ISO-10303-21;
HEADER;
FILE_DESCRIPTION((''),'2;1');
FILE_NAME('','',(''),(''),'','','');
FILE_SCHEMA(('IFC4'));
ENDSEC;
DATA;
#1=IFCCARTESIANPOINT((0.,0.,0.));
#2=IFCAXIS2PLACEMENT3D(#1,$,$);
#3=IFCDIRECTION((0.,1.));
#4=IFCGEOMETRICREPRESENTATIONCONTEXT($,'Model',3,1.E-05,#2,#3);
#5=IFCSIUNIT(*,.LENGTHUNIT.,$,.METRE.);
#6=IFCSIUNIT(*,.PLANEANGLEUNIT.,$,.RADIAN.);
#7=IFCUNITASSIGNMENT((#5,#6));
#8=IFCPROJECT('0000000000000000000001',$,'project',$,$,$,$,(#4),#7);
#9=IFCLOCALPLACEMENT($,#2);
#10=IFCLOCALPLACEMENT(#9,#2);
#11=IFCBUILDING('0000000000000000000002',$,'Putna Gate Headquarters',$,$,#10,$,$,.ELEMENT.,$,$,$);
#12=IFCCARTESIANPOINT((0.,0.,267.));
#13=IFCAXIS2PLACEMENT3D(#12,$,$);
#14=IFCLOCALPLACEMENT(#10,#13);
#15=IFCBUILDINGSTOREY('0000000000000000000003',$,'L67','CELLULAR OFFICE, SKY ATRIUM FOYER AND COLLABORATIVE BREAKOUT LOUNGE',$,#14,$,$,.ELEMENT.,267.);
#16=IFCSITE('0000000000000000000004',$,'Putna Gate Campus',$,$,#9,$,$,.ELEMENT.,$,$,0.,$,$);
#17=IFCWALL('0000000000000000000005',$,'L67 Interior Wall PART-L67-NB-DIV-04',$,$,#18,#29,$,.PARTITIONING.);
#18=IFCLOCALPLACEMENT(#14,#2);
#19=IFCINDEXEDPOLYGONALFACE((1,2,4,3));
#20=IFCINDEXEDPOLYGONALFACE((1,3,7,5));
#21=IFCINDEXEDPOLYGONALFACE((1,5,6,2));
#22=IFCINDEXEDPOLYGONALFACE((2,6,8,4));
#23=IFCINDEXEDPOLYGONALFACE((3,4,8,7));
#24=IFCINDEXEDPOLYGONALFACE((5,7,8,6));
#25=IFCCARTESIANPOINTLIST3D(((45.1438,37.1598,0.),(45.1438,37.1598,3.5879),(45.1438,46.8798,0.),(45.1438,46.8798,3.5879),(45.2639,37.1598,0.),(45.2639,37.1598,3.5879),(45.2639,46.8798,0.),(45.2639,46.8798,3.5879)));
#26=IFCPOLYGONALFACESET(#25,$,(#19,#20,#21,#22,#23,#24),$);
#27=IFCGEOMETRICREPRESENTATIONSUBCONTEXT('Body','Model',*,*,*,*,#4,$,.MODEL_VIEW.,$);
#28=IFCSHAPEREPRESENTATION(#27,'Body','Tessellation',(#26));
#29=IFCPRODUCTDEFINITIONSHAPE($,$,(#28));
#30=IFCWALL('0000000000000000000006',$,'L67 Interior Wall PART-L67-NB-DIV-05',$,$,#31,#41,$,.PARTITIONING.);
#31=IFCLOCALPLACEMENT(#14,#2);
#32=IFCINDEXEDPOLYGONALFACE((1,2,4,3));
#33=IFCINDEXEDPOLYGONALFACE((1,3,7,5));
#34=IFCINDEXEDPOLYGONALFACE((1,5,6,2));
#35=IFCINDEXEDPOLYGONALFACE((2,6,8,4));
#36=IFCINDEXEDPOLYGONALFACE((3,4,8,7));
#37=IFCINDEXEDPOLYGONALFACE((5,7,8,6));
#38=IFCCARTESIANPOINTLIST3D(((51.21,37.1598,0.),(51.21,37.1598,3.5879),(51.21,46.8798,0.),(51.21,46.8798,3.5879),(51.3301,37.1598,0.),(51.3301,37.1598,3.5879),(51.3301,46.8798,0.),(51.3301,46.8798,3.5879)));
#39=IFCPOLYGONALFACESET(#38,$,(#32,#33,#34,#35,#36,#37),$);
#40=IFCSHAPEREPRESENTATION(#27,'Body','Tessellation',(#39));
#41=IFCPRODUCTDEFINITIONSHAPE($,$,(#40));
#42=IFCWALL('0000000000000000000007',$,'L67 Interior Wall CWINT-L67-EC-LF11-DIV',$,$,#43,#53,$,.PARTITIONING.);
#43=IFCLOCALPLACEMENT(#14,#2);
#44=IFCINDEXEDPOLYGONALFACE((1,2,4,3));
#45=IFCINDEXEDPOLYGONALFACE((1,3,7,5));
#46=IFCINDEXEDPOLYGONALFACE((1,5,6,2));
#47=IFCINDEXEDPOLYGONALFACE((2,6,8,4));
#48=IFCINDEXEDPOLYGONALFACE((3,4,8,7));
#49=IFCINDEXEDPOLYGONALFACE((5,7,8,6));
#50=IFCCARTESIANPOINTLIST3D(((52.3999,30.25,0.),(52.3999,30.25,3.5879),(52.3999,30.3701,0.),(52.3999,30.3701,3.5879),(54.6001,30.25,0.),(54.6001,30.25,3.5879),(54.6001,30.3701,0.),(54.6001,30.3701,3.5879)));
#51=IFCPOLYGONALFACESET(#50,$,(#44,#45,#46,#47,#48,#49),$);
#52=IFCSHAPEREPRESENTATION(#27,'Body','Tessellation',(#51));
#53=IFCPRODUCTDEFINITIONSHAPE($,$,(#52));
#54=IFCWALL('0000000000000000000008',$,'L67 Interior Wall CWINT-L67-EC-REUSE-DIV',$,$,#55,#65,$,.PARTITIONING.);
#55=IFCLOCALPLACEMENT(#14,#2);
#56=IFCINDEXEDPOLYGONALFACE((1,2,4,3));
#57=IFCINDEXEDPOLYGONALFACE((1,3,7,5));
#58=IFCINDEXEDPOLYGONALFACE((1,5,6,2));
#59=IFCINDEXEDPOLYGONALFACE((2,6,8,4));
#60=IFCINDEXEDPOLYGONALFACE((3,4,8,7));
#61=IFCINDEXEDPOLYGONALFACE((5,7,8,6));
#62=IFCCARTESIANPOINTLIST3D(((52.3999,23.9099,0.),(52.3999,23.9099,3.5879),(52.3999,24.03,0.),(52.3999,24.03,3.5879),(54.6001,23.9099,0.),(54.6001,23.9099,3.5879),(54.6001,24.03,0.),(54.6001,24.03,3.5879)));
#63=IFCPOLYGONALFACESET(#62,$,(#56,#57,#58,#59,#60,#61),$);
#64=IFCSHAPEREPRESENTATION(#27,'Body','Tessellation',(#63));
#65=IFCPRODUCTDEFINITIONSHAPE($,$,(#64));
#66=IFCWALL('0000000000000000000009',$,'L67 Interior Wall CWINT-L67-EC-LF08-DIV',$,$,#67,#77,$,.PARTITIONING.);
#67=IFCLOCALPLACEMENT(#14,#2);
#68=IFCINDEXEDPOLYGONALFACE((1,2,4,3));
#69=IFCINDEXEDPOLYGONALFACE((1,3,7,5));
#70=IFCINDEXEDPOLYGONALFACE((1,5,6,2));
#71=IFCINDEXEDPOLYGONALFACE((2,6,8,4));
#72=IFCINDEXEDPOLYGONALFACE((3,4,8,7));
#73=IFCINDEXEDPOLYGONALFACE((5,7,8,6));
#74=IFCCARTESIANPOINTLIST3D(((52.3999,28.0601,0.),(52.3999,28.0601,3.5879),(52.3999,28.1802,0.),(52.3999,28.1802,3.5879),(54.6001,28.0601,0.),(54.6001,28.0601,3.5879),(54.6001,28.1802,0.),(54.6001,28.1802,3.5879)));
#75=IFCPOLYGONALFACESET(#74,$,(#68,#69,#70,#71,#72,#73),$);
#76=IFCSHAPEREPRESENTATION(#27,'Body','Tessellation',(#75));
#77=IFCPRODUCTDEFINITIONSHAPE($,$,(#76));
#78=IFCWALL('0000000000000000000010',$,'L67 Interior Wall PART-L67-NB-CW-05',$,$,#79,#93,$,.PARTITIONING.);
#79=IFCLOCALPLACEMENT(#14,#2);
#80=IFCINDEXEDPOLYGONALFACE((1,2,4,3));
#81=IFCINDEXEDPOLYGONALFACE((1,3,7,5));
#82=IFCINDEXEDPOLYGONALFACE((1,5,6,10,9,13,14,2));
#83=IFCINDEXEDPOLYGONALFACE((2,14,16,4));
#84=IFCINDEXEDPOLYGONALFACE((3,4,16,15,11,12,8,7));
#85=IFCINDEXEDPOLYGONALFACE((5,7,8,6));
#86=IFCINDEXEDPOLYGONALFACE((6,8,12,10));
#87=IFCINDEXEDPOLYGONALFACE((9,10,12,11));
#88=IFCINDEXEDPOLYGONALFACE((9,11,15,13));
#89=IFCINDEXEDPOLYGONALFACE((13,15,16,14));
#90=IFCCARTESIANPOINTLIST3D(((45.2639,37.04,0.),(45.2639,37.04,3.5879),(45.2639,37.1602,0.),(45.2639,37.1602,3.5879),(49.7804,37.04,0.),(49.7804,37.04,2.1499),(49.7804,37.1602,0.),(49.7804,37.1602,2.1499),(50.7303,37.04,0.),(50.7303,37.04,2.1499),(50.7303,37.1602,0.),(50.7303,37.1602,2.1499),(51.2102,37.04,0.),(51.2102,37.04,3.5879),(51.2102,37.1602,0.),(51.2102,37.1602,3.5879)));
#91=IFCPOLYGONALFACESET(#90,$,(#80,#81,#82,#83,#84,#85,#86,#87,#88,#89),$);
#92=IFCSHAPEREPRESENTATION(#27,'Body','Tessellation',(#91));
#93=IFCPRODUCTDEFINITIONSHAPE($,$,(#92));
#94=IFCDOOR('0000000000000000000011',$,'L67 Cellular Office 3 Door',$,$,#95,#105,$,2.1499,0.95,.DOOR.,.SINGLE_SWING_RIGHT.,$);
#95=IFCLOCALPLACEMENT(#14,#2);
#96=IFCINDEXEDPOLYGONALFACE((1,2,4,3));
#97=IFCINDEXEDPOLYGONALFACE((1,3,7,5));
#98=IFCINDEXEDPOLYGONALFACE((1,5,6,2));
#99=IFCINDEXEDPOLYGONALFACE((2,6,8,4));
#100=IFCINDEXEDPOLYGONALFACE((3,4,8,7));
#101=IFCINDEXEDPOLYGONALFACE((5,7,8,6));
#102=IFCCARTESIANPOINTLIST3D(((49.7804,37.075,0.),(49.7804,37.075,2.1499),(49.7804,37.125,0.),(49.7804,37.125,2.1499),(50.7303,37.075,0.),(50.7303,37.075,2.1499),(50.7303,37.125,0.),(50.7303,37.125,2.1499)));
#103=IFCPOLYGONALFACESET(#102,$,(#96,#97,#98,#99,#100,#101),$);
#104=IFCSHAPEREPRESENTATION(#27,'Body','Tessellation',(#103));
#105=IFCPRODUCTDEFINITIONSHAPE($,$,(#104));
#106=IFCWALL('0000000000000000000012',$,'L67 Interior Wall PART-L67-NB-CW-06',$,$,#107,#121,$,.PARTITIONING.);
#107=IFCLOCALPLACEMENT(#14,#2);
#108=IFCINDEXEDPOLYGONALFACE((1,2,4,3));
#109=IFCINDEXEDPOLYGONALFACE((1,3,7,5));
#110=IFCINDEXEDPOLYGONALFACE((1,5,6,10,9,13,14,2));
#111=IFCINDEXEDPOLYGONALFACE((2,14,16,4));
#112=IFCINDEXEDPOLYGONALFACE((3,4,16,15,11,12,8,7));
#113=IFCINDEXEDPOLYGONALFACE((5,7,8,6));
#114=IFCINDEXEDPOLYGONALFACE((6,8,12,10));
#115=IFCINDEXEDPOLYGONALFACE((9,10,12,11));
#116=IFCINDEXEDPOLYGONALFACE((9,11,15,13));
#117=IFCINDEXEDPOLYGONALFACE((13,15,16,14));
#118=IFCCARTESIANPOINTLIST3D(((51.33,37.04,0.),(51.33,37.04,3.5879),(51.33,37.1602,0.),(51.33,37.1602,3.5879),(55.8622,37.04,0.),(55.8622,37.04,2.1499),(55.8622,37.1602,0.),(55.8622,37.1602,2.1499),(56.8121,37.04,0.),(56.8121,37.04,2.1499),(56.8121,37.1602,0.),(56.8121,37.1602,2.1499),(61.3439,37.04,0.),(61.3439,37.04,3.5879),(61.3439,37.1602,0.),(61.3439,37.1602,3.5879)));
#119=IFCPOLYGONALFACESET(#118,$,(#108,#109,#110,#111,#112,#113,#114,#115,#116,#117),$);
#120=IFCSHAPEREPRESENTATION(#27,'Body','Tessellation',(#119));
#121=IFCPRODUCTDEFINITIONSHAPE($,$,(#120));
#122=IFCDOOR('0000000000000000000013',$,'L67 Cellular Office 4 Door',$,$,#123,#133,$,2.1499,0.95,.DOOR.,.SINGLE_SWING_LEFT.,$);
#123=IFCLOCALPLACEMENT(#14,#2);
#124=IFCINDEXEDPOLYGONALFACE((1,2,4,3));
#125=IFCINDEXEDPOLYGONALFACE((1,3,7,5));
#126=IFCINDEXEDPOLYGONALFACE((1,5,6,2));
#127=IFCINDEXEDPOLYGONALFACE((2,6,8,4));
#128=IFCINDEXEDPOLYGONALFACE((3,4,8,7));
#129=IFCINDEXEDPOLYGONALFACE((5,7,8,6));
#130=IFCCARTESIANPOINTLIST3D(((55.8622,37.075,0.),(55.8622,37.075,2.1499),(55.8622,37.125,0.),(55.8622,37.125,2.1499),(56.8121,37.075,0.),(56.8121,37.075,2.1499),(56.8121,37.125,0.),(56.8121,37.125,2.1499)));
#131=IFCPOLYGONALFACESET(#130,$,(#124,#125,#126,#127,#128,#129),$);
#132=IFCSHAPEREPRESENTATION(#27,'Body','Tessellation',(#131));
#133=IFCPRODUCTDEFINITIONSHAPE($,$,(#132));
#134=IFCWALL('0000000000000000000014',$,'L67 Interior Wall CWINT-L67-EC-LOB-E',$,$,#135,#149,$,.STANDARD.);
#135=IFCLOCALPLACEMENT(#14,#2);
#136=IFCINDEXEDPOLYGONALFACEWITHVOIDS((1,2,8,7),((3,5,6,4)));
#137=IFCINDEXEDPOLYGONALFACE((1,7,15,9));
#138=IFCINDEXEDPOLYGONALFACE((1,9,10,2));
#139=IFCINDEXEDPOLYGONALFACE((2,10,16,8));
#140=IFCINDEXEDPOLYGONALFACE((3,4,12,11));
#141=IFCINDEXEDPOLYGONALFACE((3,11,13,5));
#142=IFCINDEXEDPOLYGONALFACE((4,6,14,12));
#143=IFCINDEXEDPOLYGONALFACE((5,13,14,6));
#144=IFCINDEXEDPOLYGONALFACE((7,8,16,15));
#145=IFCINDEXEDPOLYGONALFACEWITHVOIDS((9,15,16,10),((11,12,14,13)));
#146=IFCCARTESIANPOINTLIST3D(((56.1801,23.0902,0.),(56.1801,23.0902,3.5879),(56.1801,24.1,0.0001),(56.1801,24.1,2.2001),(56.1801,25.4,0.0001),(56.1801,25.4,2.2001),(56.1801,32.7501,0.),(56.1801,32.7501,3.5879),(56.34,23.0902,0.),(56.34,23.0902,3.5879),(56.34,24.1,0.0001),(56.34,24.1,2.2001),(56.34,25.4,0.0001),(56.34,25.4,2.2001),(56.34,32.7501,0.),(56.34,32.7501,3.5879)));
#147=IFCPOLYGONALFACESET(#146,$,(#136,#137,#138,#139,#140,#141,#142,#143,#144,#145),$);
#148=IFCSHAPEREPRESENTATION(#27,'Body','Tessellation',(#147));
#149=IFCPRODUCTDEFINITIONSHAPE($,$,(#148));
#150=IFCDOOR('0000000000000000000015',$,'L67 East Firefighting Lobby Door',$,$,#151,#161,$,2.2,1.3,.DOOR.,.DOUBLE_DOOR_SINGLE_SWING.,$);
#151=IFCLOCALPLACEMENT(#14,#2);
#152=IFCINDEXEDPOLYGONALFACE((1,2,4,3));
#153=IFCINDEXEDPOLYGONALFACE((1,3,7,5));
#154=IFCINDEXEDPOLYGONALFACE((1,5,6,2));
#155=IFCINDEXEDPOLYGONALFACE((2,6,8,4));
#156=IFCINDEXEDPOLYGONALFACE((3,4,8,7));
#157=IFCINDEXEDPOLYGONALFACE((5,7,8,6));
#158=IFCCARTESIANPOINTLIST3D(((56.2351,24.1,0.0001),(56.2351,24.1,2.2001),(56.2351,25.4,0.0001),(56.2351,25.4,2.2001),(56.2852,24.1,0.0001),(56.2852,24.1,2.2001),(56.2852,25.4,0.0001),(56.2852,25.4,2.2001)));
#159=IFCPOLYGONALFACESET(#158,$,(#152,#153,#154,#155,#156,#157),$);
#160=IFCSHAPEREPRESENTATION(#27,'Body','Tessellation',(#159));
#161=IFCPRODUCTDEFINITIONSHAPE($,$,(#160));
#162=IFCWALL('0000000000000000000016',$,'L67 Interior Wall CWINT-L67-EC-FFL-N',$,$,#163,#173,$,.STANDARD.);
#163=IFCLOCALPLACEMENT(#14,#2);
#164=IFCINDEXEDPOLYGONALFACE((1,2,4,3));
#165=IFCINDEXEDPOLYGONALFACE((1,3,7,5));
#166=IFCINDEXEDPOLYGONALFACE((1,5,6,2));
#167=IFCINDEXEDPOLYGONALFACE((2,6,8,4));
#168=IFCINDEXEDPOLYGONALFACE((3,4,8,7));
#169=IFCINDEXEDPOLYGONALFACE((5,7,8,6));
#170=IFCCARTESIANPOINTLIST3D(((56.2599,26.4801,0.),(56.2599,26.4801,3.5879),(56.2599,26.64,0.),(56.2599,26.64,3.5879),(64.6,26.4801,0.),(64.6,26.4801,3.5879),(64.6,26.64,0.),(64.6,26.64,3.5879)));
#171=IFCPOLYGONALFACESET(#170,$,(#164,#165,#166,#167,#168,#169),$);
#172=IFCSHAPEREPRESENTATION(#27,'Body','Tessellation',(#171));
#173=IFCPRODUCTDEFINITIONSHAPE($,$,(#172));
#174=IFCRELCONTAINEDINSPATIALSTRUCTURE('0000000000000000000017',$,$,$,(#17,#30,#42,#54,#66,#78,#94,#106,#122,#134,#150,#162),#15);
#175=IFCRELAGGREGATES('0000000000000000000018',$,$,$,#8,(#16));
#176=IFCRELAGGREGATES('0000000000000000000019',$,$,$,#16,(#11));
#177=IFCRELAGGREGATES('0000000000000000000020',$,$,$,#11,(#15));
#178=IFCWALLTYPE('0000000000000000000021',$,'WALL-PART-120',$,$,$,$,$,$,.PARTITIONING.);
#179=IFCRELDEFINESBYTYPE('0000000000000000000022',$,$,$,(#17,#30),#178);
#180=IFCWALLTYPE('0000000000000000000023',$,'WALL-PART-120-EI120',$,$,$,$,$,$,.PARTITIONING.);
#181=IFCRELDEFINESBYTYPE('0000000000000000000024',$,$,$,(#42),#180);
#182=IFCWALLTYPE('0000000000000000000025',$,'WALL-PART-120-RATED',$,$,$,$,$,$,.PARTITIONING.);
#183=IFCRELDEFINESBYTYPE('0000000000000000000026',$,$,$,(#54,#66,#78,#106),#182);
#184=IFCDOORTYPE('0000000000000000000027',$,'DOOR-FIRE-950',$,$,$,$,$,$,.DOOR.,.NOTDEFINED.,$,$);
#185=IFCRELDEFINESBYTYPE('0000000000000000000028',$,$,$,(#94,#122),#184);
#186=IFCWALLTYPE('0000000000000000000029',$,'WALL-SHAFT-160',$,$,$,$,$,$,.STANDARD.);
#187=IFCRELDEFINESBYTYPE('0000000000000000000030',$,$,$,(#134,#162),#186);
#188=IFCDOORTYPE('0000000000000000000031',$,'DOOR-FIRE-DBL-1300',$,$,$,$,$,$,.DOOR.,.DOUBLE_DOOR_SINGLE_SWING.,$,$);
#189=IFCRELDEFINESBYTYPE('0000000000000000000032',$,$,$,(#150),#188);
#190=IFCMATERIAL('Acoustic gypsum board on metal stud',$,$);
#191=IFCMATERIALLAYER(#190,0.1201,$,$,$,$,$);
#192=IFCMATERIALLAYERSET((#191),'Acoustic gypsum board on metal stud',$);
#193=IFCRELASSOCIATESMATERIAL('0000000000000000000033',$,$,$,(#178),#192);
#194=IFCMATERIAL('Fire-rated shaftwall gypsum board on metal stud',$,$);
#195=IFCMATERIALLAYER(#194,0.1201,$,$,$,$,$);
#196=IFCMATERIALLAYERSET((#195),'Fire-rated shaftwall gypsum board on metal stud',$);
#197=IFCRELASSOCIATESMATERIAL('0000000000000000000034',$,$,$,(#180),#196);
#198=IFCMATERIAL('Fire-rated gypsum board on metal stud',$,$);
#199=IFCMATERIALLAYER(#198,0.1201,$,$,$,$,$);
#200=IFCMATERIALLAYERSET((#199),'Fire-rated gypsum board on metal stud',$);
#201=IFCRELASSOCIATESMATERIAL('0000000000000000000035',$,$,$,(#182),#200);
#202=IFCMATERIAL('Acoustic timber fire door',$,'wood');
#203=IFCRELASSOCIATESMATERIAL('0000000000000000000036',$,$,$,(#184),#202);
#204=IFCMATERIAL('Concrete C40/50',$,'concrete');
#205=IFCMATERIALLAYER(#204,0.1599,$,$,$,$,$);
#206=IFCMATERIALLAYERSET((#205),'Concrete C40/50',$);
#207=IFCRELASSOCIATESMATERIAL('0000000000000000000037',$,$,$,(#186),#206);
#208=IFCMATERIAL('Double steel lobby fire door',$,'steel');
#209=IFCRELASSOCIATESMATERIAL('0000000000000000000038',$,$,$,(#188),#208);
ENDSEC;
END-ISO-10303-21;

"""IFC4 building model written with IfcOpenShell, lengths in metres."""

from ifc_helpers import new_model, si_unit, direction, frame, frame_2d, origin, place, context, subcontext, project, spatial, rectangle, extrude, material, layer, layer_set, type_object, element, fill, save


model = new_model("IFC4")

# Units and contexts
model_context = context("Model", 3, precision=1e-05, world=origin(), true_north=direction((0.0, 1.0)))
body_context = subcontext(model_context, "Body", "Model", "MODEL_VIEW")
ifc_project = project(units=[si_unit("LENGTHUNIT", "METRE"), si_unit("PLANEANGLEUNIT", "RADIAN")], contexts=[model_context])

# Site, building, storey
site_placement = place(None, origin())
site = spatial("IfcSite", under=ifc_project, at=site_placement, Name="Putna Gate Campus", CompositionType="ELEMENT", RefElevation=0.0)
building_placement = place(site_placement, origin())
building = spatial("IfcBuilding", under=site, at=building_placement, Name="Putna Gate Headquarters", CompositionType="ELEMENT")
storey_placement = place(building_placement, frame((0.0, 0.0, 267.0)))
storey = spatial("IfcBuildingStorey", under=building, at=storey_placement, Name="L67", Description="CELLULAR OFFICE, SKY ATRIUM FOYER AND COLLABORATIVE BREAKOUT LOUNGE", CompositionType="ELEMENT", Elevation=267.0)

# Shared definitions
ifc_material_1 = material(Name="Acoustic gypsum board on metal stud")
ifc_layer_1 = layer(ifc_material_1, 0.1201)
ifc_layer_set_1 = layer_set([ifc_layer_1], Name="Acoustic gypsum board on metal stud")
wall_type_1 = type_object("IfcWallType", Name="WALL-PART-120", PredefinedType="PARTITIONING", material=ifc_layer_set_1)

# Walls
for number, where, z_axis, x_axis, name in (
    (1, (45.2039, 37.1599, 0.0), (0.0, 0.0, 1.0), (0.0, 1.0, 0.0), "L67 Interior Wall PART-L67-NB-DIV-04"),
    (2, (51.27, 37.1599, 0.0), (0.0, 0.0, 1.0), (0.0, 1.0, 0.0), "L67 Interior Wall PART-L67-NB-DIV-05"),
):
    element("IfcWall", number, at=place(storey_placement, frame(where, z_axis=z_axis, x_axis=x_axis)), inside=storey, type_object=wall_type_1, Name=name, PredefinedType="PARTITIONING", context=body_context, shape_type="SweptSolid", body=[
        extrude(rectangle(XDim=9.72, YDim=0.1201, at=frame_2d((4.8599, 0.0))), origin(), (0.0, 0.0, 1.0), 3.5879),
    ])
ifc_material_2 = material(Name="Fire-rated shaftwall gypsum board on metal stud")
ifc_layer_2 = layer(ifc_material_2, 0.1201)
ifc_layer_set_2 = layer_set([ifc_layer_2], Name="Fire-rated shaftwall gypsum board on metal stud")
wall_type_2 = type_object("IfcWallType", Name="WALL-PART-120-EI120", PredefinedType="PARTITIONING", material=ifc_layer_set_2)
wall_1_placement = place(storey_placement, frame((52.3999, 30.3101, 0.0), z_axis=(0.0, 0.0, 1.0), x_axis=(1.0, 0.0, 0.0)))
element("IfcWall", 3, at=wall_1_placement, inside=storey, type_object=wall_type_2, Name="L67 Interior Wall CWINT-L67-EC-LF11-DIV", PredefinedType="PARTITIONING", context=body_context, shape_type="SweptSolid", body=[
    extrude(rectangle(XDim=2.2002, YDim=0.1201, at=frame_2d((1.1001, 0.0))), origin(), (0.0, 0.0, 1.0), 3.5879),
])
ifc_material_3 = material(Name="Fire-rated gypsum board on metal stud")
ifc_layer_3 = layer(ifc_material_3, 0.1201)
ifc_layer_set_3 = layer_set([ifc_layer_3], Name="Fire-rated gypsum board on metal stud")
wall_type_3 = type_object("IfcWallType", Name="WALL-PART-120-RATED", PredefinedType="PARTITIONING", material=ifc_layer_set_3)
for number, where, z_axis, x_axis, name in (
    (4, (52.3999, 23.97, 0.0), (0.0, 0.0, 1.0), (1.0, 0.0, 0.0), "L67 Interior Wall CWINT-L67-EC-REUSE-DIV"),
    (5, (52.3999, 28.1201, 0.0), (0.0, 0.0, 1.0), (1.0, 0.0, 0.0), "L67 Interior Wall CWINT-L67-EC-LF08-DIV"),
):
    element("IfcWall", number, at=place(storey_placement, frame(where, z_axis=z_axis, x_axis=x_axis)), inside=storey, type_object=wall_type_3, Name=name, PredefinedType="PARTITIONING", context=body_context, shape_type="SweptSolid", body=[
        extrude(rectangle(XDim=2.2002, YDim=0.1201, at=frame_2d((1.1001, 0.0))), origin(), (0.0, 0.0, 1.0), 3.5879),
    ])

# Walls, openings, doors
wall_2_placement = place(storey_placement, frame((45.2639, 37.1001, 0.0), z_axis=(0.0, 0.0, 1.0), x_axis=(1.0, 0.0, 0.0)))
wall_2 = element("IfcWall", 6, at=wall_2_placement, inside=storey, type_object=wall_type_3, Name="L67 Interior Wall PART-L67-NB-CW-05", PredefinedType="PARTITIONING", context=body_context, shape_type="SweptSolid", body=[
    extrude(rectangle(XDim=5.9463, YDim=0.1201, at=frame_2d((2.9731, 0.0))), origin(), (0.0, 0.0, 1.0), 3.5879),
])
opening_1_placement = place(wall_2_placement, frame((4.5164, 0.0, 0.0)))
opening_1 = element("IfcOpeningElement", 7, at=opening_1_placement, cuts=wall_2, PredefinedType="OPENING", context=body_context, shape_type="SweptSolid", body=[
    extrude(rectangle(XDim=0.95, YDim=2.1499, at=frame_2d((0.4751, 1.075))), frame((0.0, 0.0701, 0.0), z_axis=(0.0, -1.0, 0.0), x_axis=(1.0, 0.0, 0.0)), (0.0, 0.0, 1.0), 0.1401),
])
ifc_material_4 = material(Name="Acoustic timber fire door", Category="wood")
door_type_1 = type_object("IfcDoorType", Name="DOOR-FIRE-950", OperationType="NOTDEFINED", PredefinedType="DOOR", material=ifc_material_4)
door_1_placement = place(opening_1_placement, origin())
door_1 = element("IfcDoor", 8, at=door_1_placement, inside=storey, type_object=door_type_1, Name="L67 Cellular Office 3 Door", OperationType="SINGLE_SWING_RIGHT", OverallHeight=2.1499, OverallWidth=0.95, PredefinedType="DOOR", context=body_context, shape_type="SweptSolid", body=[
    extrude(rectangle(XDim=0.95, YDim=2.1499, at=frame_2d((0.4751, 1.075))), frame((0.0, 0.0249, 0.0), z_axis=(0.0, -1.0, 0.0), x_axis=(1.0, 0.0, 0.0)), (0.0, 0.0, 1.0), 0.05),
])
fill(opening_1, door_1)
wall_3_placement = place(storey_placement, frame((51.3301, 37.1001, 0.0), z_axis=(0.0, 0.0, 1.0), x_axis=(1.0, 0.0, 0.0)))
wall_3 = element("IfcWall", 9, at=wall_3_placement, inside=storey, type_object=wall_type_3, Name="L67 Interior Wall PART-L67-NB-CW-06", PredefinedType="PARTITIONING", context=body_context, shape_type="SweptSolid", body=[
    extrude(rectangle(XDim=10.0139, YDim=0.1201, at=frame_2d((5.0068, 0.0))), origin(), (0.0, 0.0, 1.0), 3.5879),
])
opening_2_placement = place(wall_3_placement, frame((4.532, 0.0, 0.0)))
opening_2 = element("IfcOpeningElement", 10, at=opening_2_placement, cuts=wall_3, PredefinedType="OPENING", context=body_context, shape_type="SweptSolid", body=[
    extrude(rectangle(XDim=0.95, YDim=2.1499, at=frame_2d((0.4751, 1.075))), frame((0.0, 0.0701, 0.0), z_axis=(0.0, -1.0, 0.0), x_axis=(1.0, 0.0, 0.0)), (0.0, 0.0, 1.0), 0.1401),
])
door_2_placement = place(opening_2_placement, origin())
door_2 = element("IfcDoor", 11, at=door_2_placement, inside=storey, type_object=door_type_1, Name="L67 Cellular Office 4 Door", OperationType="SINGLE_SWING_LEFT", OverallHeight=2.1499, OverallWidth=0.95, PredefinedType="DOOR", context=body_context, shape_type="SweptSolid", body=[
    extrude(rectangle(XDim=0.95, YDim=2.1499, at=frame_2d((0.4751, 1.075))), frame((0.0, 0.0249, 0.0), z_axis=(0.0, -1.0, 0.0), x_axis=(1.0, 0.0, 0.0)), (0.0, 0.0, 1.0), 0.05),
])
fill(opening_2, door_2)
ifc_material_5 = material(Name="Concrete C40/50", Category="concrete")
ifc_layer_4 = layer(ifc_material_5, 0.1599)
ifc_layer_set_4 = layer_set([ifc_layer_4], Name="Concrete C40/50")
wall_type_4 = type_object("IfcWallType", Name="WALL-SHAFT-160", PredefinedType="STANDARD", material=ifc_layer_set_4)
wall_4_placement = place(storey_placement, frame((56.26, 23.0901, 0.0), z_axis=(0.0, 0.0, 1.0), x_axis=(0.0, 1.0, 0.0)))
wall_4 = element("IfcWall", 12, at=wall_4_placement, inside=storey, type_object=wall_type_4, Name="L67 Interior Wall CWINT-L67-EC-LOB-E", PredefinedType="STANDARD", context=body_context, shape_type="SweptSolid", body=[
    extrude(rectangle(XDim=9.6599, YDim=0.1599, at=frame_2d((4.8301, 0.0))), origin(), (0.0, 0.0, 1.0), 3.5879),
])
opening_3_placement = place(wall_4_placement, frame((1.01, 0.0, 0.0)))
opening_3 = element("IfcOpeningElement", 13, at=opening_3_placement, cuts=wall_4, PredefinedType="OPENING", context=body_context, shape_type="SweptSolid", body=[
    extrude(rectangle(XDim=1.3, YDim=2.2, at=frame_2d((0.6499, 1.1001))), frame((0.0, 0.0898, 0.0), z_axis=(0.0, -1.0, 0.0), x_axis=(1.0, 0.0, 0.0)), (0.0, 0.0, 1.0), 0.1799),
])
ifc_material_6 = material(Name="Double steel lobby fire door", Category="steel")
door_type_2 = type_object("IfcDoorType", Name="DOOR-FIRE-DBL-1300", OperationType="DOUBLE_DOOR_SINGLE_SWING", PredefinedType="DOOR", material=ifc_material_6)
door_3_placement = place(opening_3_placement, origin())
door_3 = element("IfcDoor", 14, at=door_3_placement, inside=storey, type_object=door_type_2, Name="L67 East Firefighting Lobby Door", OperationType="DOUBLE_DOOR_SINGLE_SWING", OverallHeight=2.2, OverallWidth=1.3, PredefinedType="DOOR", context=body_context, shape_type="SweptSolid", body=[
    extrude(rectangle(XDim=1.3, YDim=2.2, at=frame_2d((0.6499, 1.1001))), frame((0.0, 0.0249, 0.0), z_axis=(0.0, -1.0, 0.0), x_axis=(1.0, 0.0, 0.0)), (0.0, 0.0, 1.0), 0.05),
])
fill(opening_3, door_3)

# Wall
wall_5_placement = place(storey_placement, frame((56.26, 26.5601, 0.0), z_axis=(0.0, 0.0, 1.0), x_axis=(1.0, 0.0, 0.0)))
element("IfcWall", 15, at=wall_5_placement, inside=storey, type_object=wall_type_4, Name="L67 Interior Wall CWINT-L67-EC-FFL-N", PredefinedType="STANDARD", context=body_context, shape_type="SweptSolid", body=[
    extrude(rectangle(XDim=8.3401, YDim=0.1599, at=frame_2d((4.1699, 0.0))), origin(), (0.0, 0.0, 1.0), 3.5879),
])

save(model, "model.ifc")
